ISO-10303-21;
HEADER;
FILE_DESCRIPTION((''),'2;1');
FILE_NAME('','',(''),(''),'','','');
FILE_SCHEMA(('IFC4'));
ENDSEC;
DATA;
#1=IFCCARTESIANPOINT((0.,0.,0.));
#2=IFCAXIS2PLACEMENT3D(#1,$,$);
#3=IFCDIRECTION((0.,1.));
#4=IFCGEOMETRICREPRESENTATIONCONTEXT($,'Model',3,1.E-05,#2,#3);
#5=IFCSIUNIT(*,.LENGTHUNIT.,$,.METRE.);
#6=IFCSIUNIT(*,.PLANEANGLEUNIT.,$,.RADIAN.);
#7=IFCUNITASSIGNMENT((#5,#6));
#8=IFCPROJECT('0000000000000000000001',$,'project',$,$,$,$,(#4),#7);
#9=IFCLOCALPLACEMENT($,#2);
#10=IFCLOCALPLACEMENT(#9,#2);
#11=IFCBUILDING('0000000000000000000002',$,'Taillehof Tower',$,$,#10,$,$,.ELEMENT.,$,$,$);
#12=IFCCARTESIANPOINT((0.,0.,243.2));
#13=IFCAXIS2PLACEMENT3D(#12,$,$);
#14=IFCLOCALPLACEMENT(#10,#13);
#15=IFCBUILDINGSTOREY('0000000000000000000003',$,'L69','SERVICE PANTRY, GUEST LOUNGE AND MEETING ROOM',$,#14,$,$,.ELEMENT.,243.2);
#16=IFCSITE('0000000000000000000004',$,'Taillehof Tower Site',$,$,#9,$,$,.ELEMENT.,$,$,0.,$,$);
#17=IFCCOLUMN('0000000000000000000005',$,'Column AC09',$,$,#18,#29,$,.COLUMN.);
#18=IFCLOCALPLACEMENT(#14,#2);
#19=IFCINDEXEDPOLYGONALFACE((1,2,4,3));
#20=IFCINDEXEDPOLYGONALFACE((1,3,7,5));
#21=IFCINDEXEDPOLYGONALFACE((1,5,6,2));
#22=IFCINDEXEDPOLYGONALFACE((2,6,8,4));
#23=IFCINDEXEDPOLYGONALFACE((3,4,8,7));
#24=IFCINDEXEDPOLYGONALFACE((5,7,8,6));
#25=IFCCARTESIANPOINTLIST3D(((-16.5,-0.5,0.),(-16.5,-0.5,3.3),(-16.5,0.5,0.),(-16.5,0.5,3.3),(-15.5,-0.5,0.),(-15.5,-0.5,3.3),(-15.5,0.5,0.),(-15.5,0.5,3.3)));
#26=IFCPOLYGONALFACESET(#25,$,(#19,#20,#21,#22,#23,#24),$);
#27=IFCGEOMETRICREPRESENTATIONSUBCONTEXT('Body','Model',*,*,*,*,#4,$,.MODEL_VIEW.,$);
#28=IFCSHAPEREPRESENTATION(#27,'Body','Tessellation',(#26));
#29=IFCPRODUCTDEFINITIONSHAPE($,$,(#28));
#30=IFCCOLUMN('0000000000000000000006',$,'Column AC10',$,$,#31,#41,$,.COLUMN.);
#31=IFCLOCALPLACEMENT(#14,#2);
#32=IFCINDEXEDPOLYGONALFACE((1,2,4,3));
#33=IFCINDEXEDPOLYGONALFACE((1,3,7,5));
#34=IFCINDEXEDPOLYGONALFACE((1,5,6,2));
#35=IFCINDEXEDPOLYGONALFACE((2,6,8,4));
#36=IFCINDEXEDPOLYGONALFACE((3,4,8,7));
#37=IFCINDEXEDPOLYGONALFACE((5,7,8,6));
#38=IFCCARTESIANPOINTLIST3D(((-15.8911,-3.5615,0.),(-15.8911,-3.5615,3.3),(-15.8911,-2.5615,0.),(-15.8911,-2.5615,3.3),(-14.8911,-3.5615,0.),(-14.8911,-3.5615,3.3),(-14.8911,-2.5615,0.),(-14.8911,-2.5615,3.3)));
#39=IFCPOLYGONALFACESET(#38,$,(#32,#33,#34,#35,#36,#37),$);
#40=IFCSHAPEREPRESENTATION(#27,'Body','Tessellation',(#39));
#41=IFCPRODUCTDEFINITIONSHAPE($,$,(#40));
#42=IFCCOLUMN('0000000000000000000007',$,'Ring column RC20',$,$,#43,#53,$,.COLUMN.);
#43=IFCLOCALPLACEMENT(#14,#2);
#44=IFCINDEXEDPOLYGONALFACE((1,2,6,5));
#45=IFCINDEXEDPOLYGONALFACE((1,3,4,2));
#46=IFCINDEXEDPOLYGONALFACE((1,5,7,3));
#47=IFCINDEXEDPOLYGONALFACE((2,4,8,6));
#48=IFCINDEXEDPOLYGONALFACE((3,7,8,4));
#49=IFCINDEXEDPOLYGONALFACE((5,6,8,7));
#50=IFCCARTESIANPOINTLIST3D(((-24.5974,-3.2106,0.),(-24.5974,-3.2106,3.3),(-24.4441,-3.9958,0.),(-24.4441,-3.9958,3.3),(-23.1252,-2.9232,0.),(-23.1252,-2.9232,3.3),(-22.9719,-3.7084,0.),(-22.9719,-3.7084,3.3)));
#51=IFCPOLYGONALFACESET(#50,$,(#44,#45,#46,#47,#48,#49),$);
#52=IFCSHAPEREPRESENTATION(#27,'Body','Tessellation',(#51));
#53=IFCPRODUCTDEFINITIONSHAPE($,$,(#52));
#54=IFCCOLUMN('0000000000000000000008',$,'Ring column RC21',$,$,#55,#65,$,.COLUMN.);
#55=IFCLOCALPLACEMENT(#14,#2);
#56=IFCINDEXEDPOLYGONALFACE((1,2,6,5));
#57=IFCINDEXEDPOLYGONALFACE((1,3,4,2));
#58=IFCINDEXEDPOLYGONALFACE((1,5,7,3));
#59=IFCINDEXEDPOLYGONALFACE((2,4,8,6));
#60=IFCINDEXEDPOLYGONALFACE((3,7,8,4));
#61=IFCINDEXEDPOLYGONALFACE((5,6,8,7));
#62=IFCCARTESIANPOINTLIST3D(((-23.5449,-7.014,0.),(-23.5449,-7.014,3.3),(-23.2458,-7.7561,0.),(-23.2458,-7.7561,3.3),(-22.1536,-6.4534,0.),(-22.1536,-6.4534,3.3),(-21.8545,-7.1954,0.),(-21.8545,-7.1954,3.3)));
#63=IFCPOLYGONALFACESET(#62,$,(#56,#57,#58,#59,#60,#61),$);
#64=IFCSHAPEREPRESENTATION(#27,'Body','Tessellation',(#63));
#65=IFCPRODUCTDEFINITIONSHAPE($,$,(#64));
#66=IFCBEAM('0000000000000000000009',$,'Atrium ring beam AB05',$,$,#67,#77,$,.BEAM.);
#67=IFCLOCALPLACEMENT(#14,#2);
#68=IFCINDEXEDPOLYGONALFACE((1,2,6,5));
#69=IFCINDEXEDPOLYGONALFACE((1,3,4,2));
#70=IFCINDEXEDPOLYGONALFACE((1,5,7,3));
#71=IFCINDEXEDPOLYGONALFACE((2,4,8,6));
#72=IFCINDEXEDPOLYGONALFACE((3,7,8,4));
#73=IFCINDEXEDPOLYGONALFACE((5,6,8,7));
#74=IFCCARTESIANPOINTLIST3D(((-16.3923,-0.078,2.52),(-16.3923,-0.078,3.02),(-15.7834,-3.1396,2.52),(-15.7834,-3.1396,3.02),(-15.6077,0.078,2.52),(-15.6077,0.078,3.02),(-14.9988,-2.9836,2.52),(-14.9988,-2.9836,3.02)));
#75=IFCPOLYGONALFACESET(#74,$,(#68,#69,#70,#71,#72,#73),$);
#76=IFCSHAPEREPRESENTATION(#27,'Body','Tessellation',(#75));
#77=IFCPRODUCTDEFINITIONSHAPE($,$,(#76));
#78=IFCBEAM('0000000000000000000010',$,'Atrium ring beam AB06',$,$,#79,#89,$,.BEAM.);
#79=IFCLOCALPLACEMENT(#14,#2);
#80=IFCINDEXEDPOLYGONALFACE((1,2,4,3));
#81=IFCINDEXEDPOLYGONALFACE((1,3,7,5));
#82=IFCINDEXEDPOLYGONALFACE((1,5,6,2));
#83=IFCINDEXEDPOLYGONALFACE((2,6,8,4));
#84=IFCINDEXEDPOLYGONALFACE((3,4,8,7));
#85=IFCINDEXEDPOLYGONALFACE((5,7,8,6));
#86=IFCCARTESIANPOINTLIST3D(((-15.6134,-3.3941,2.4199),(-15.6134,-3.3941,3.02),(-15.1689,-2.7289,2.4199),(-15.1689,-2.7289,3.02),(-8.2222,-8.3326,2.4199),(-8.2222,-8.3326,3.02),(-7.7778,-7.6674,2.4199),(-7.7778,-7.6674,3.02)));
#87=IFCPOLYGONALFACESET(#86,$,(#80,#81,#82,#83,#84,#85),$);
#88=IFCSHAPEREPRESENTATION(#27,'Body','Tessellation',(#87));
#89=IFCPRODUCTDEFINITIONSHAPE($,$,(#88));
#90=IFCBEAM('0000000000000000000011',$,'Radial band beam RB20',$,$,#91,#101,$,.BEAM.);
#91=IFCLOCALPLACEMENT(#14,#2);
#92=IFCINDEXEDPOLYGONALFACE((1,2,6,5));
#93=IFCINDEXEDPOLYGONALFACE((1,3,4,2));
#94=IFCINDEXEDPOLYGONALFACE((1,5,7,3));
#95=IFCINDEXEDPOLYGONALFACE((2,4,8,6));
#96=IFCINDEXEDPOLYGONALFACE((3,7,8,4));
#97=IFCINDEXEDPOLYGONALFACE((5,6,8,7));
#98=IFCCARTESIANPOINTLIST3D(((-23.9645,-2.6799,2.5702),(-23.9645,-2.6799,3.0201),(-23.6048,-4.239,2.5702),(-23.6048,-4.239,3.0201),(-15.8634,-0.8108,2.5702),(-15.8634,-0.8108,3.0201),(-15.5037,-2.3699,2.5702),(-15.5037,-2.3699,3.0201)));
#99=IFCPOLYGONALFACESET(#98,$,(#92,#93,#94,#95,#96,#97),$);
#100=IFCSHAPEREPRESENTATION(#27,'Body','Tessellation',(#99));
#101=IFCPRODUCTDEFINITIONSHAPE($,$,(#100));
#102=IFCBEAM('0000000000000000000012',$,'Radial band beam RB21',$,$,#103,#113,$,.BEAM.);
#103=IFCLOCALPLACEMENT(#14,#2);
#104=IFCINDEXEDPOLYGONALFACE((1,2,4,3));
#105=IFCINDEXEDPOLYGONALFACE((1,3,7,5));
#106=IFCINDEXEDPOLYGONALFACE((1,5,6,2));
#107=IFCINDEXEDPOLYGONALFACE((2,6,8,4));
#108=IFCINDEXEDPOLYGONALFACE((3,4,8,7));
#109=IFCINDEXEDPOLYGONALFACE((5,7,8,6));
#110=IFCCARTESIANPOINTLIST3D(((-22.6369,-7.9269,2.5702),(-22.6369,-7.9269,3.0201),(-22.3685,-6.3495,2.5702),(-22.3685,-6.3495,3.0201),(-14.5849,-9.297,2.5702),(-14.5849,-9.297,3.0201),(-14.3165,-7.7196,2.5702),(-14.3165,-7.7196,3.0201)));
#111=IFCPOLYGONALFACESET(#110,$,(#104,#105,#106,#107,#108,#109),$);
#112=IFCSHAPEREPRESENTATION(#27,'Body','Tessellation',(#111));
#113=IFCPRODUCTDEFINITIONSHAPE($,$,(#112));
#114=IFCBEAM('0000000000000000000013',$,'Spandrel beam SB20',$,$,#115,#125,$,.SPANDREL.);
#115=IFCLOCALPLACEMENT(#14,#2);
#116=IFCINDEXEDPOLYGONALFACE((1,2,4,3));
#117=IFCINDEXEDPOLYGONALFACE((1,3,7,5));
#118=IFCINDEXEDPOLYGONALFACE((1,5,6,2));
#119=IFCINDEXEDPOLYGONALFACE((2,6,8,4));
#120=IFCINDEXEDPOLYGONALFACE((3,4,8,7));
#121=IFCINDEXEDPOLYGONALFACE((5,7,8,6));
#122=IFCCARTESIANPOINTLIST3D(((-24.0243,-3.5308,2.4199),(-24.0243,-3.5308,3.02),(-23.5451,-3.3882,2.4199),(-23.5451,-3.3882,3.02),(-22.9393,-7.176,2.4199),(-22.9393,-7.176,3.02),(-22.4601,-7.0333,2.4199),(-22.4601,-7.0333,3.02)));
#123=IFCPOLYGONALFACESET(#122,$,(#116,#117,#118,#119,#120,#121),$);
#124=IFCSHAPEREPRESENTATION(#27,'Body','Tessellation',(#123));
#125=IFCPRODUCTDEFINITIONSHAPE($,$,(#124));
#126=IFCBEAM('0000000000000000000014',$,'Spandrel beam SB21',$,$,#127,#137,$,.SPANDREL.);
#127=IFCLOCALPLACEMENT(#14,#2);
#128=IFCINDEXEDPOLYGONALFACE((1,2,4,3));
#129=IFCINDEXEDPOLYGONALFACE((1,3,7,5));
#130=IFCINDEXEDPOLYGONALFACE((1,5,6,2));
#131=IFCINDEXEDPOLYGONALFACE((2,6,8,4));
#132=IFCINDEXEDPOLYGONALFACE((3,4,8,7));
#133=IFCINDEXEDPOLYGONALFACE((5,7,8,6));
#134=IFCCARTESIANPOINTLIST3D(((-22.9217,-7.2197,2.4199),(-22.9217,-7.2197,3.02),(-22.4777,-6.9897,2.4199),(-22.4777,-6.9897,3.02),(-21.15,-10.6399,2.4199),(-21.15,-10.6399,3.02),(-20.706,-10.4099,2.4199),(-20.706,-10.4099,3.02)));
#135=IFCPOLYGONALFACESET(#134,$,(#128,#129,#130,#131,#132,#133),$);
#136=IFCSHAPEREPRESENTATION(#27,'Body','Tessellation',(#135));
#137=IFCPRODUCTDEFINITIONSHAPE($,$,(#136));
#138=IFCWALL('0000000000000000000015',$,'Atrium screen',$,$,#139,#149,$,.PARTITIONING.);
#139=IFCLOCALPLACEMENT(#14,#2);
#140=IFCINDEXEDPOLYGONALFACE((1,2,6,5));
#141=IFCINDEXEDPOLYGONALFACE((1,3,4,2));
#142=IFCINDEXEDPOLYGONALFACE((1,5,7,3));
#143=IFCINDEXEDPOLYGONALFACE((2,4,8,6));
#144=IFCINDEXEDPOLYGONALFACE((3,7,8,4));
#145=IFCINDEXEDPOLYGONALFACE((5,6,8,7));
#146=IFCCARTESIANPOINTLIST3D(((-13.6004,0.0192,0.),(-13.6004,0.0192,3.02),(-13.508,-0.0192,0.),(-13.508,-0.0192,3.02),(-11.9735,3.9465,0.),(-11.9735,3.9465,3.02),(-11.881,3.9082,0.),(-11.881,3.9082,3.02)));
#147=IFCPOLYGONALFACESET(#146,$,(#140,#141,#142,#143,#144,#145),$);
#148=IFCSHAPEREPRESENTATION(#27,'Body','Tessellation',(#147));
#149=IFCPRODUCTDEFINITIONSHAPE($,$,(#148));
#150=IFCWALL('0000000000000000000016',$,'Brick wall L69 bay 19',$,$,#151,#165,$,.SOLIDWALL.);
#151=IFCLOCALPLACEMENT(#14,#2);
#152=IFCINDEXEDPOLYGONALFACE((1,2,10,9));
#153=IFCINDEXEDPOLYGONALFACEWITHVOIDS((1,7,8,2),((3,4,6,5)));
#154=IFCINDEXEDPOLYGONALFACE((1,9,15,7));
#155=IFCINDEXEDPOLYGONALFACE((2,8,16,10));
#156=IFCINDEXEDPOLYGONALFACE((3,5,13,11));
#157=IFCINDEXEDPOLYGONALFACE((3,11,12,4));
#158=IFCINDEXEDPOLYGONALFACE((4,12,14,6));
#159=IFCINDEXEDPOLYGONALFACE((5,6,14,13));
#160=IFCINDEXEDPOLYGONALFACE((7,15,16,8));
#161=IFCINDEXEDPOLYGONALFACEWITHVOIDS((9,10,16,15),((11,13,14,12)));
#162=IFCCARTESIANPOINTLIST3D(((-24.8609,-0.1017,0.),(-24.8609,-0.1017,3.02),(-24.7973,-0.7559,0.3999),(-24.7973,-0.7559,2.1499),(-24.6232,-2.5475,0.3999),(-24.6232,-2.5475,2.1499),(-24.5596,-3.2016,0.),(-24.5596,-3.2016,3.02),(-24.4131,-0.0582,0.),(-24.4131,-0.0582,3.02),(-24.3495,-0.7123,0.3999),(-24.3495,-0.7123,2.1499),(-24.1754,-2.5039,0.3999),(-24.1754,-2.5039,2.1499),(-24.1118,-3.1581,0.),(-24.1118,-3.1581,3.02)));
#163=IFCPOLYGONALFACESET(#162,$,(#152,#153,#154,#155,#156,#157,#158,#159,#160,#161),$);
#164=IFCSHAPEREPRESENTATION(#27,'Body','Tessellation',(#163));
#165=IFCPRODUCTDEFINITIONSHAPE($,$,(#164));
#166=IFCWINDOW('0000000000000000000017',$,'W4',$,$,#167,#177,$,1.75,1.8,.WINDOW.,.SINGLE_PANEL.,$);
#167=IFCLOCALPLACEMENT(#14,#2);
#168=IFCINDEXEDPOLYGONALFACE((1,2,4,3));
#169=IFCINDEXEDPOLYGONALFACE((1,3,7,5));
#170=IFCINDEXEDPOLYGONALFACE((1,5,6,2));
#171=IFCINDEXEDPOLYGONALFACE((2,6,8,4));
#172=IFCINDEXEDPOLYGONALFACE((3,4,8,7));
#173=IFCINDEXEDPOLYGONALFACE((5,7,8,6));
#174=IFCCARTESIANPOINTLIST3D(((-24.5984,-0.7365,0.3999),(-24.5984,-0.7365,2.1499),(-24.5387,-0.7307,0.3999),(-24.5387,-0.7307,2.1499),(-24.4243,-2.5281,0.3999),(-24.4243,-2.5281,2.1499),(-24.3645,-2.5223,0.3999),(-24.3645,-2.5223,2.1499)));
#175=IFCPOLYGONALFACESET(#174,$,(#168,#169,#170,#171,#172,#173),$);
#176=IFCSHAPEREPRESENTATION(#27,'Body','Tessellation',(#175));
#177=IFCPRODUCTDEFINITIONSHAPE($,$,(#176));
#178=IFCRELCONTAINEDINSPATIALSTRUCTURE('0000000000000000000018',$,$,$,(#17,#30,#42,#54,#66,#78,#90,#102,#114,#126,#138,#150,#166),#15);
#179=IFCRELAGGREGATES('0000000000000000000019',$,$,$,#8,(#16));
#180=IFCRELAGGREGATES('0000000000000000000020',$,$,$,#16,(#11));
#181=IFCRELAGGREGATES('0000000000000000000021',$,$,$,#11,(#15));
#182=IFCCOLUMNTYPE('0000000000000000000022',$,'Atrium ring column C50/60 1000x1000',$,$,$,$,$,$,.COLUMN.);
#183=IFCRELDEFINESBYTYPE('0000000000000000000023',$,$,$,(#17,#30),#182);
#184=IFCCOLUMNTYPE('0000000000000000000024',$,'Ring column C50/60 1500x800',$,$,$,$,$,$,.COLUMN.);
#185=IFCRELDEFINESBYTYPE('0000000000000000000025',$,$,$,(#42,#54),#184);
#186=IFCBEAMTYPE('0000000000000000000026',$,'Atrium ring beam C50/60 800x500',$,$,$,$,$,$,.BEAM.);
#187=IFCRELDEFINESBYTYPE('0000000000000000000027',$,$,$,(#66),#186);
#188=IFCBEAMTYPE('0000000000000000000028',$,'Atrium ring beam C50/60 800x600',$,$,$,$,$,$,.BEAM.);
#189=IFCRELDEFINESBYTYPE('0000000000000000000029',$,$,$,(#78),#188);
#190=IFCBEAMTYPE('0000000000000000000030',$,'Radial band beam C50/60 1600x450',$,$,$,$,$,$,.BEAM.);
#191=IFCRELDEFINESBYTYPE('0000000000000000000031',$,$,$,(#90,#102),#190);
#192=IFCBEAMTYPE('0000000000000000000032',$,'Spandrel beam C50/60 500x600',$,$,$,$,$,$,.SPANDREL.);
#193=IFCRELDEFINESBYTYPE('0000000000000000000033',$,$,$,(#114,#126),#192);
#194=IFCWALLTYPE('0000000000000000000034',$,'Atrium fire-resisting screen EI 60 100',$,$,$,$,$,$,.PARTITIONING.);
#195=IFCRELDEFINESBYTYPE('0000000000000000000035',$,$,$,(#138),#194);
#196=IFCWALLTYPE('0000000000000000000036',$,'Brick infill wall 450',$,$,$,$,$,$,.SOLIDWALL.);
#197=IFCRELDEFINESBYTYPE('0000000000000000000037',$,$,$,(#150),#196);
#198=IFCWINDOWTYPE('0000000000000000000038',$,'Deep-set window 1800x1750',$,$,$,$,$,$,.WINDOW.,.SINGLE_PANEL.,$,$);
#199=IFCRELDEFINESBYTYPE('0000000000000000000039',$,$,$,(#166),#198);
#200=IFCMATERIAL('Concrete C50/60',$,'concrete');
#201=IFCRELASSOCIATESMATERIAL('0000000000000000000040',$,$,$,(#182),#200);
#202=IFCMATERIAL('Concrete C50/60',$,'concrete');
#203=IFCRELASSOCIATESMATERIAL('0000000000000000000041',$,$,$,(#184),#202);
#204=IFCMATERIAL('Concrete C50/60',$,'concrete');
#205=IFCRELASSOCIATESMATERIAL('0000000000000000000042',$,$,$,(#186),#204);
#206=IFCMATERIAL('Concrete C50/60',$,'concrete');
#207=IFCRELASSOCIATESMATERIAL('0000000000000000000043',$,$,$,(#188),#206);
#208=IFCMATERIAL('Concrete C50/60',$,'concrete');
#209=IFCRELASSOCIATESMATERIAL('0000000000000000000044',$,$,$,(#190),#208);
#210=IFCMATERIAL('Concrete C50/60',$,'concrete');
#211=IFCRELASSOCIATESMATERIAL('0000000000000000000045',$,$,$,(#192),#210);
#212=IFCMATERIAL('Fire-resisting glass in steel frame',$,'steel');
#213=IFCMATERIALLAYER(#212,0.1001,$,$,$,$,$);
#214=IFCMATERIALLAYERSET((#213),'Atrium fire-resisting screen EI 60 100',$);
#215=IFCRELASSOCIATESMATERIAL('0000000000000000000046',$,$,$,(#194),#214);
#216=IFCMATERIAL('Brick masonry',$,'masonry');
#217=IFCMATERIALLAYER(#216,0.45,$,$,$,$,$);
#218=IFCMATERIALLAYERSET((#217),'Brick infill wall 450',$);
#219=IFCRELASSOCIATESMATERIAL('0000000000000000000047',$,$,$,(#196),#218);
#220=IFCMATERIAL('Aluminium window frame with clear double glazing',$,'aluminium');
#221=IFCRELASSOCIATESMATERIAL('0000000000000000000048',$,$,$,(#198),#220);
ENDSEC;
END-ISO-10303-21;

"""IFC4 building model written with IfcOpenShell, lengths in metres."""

from ifc_helpers import new_model, si_unit, direction, frame, frame_2d, origin, origin_2d, place, context, subcontext, project, spatial, rectangle, extrude, material, layer, layer_set, material_profile, profile_set, type_object, element, fill, save


model = new_model("IFC4")

# Units and contexts
model_context = context("Model", 3, precision=1e-05, world=origin(), true_north=direction((0.0, 1.0)))
body_context = subcontext(model_context, "Body", "Model", "MODEL_VIEW")
ifc_project = project(units=[si_unit("LENGTHUNIT", "METRE"), si_unit("PLANEANGLEUNIT", "RADIAN")], contexts=[model_context])

# Site, building, storey
site_placement = place(None, origin())
site = spatial("IfcSite", under=ifc_project, at=site_placement, Name="Taillehof Tower Site", CompositionType="ELEMENT", RefElevation=0.0)
building_placement = place(site_placement, origin())
building = spatial("IfcBuilding", under=site, at=building_placement, Name="Taillehof Tower", CompositionType="ELEMENT")
storey_placement = place(building_placement, frame((0.0, 0.0, 243.2)))
storey = spatial("IfcBuildingStorey", under=building, at=storey_placement, Name="L69", Description="SERVICE PANTRY, GUEST LOUNGE AND MEETING ROOM", CompositionType="ELEMENT", Elevation=243.2)

# Columns
ifc_material_1 = material(Name="Concrete C50/60", Category="concrete")
ifc_material_profile_1 = material_profile(ifc_material_1, rectangle(XDim=1.0, YDim=1.0, at=origin_2d()), Name="RC 1000x1000")
ifc_profile_set_1 = profile_set([ifc_material_profile_1], Name="Concrete C50/60")
column_type_1 = type_object("IfcColumnType", Name="Atrium ring column C50/60 1000x1000", PredefinedType="COLUMN", material=ifc_profile_set_1)
for number, where, z_axis, x_axis, name in (
    (1, (-16.0, 0.0, 0.0), (0.0, 0.0, 1.0), (1.0, 0.0, 0.0), "Column AC09"),
    (2, (-15.3911, -3.0615, 0.0), (0.0, 0.0, 1.0), (1.0, 0.0, 0.0), "Column AC10"),
):
    element("IfcColumn", number, at=place(storey_placement, frame(where, z_axis=z_axis, x_axis=x_axis)), inside=storey, type_object=column_type_1, Name=name, PredefinedType="COLUMN", context=body_context, shape_type="SweptSolid", body=[
        extrude(rectangle(XDim=1.0, YDim=1.0, at=origin_2d()), origin(), (0.0, 0.0, 1.0), 3.3),
    ])
ifc_material_2 = material(Name="Concrete C50/60", Category="concrete")
ifc_material_profile_2 = material_profile(ifc_material_2, rectangle(XDim=1.5, YDim=0.8, at=origin_2d()), Name="RC 1500x800")
ifc_profile_set_2 = profile_set([ifc_material_profile_2], Name="Concrete C50/60")
column_type_2 = type_object("IfcColumnType", Name="Ring column C50/60 1500x800", PredefinedType="COLUMN", material=ifc_profile_set_2)
for number, where, z_axis, x_axis, name in (
    (3, (-23.7847, -3.4595, 0.0), (0.0, 0.0, 1.0), (-0.981473, -0.191602, 0.0), "Ring column RC20"),
    (4, (-22.6997, -7.1047, 0.0), (0.0, 0.0, 1.0), (-0.927525, -0.373762, 0.0), "Ring column RC21"),
):
    element("IfcColumn", number, at=place(storey_placement, frame(where, z_axis=z_axis, x_axis=x_axis)), inside=storey, type_object=column_type_2, Name=name, PredefinedType="COLUMN", context=body_context, shape_type="SweptSolid", body=[
        extrude(rectangle(XDim=1.5, YDim=0.8, at=origin_2d()), origin(), (0.0, 0.0, 1.0), 3.3),
    ])

# Beams
ifc_material_3 = material(Name="Concrete C50/60", Category="concrete")
ifc_material_profile_3 = material_profile(ifc_material_3, rectangle(XDim=0.8, YDim=0.5, at=origin_2d()), Name="RC 800x500")
ifc_profile_set_3 = profile_set([ifc_material_profile_3], Name="Concrete C50/60")
beam_type_1 = type_object("IfcBeamType", Name="Atrium ring beam C50/60 800x500", PredefinedType="BEAM", material=ifc_profile_set_3)
beam_1_placement = place(storey_placement, frame((-16.0, 0.0, 2.77), z_axis=(0.195063, -0.980791, 0.0), x_axis=(0.980791, 0.195063, 0.0)))
element("IfcBeam", 5, at=beam_1_placement, inside=storey, type_object=beam_type_1, Name="Atrium ring beam AB05", PredefinedType="BEAM", context=body_context, shape_type="SweptSolid", body=[
    extrude(rectangle(XDim=0.8, YDim=0.5, at=origin_2d()), origin(), (0.0, 0.0, 1.0), 3.1216),
])
ifc_material_4 = material(Name="Concrete C50/60", Category="concrete")
ifc_material_profile_4 = material_profile(ifc_material_4, rectangle(XDim=0.8, YDim=0.6001, at=origin_2d()), Name="RC 800x600")
ifc_profile_set_4 = profile_set([ifc_material_profile_4], Name="Concrete C50/60")
beam_type_2 = type_object("IfcBeamType", Name="Atrium ring beam C50/60 800x600", PredefinedType="BEAM", material=ifc_profile_set_4)
beam_2_placement = place(storey_placement, frame((-15.3911, -3.0615, 2.72), z_axis=(0.831475, -0.555562, 0.0), x_axis=(0.555562, 0.831475, 0.0)))
element("IfcBeam", 6, at=beam_2_placement, inside=storey, type_object=beam_type_2, Name="Atrium ring beam AB06", PredefinedType="BEAM", context=body_context, shape_type="SweptSolid", body=[
    extrude(rectangle(XDim=0.8, YDim=0.6001, at=origin_2d()), origin(), (0.0, 0.0, 1.0), 8.8892),
])
ifc_material_5 = material(Name="Concrete C50/60", Category="concrete")
ifc_material_profile_5 = material_profile(ifc_material_5, rectangle(XDim=1.6001, YDim=0.45, at=origin_2d()), Name="RC 1600x450")
ifc_profile_set_5 = profile_set([ifc_material_profile_5], Name="Concrete C50/60")
beam_type_3 = type_object("IfcBeamType", Name="Radial band beam C50/60 1600x450", PredefinedType="BEAM", material=ifc_profile_set_5)
beam_3_placement = place(storey_placement, frame((-23.7847, -3.4595, 2.7952), z_axis=(0.9744, 0.224821, 0.0), x_axis=(-0.224821, 0.9744, 0.0)))
element("IfcBeam", 7, at=beam_3_placement, inside=storey, type_object=beam_type_3, Name="Radial band beam RB20", PredefinedType="BEAM", context=body_context, shape_type="SweptSolid", body=[
    extrude(rectangle(XDim=1.6001, YDim=0.45, at=origin_2d()), origin(), (0.0, 0.0, 1.0), 8.314),
])
beam_4_placement = place(storey_placement, frame((-22.5027, -7.1382, 2.7952), z_axis=(0.98583, -0.167747, 0.0), x_axis=(0.167747, 0.98583, 0.0)))
element("IfcBeam", 8, at=beam_4_placement, inside=storey, type_object=beam_type_3, Name="Radial band beam RB21", PredefinedType="BEAM", context=body_context, shape_type="SweptSolid", body=[
    extrude(rectangle(XDim=1.6001, YDim=0.45, at=origin_2d()), origin(), (0.0, 0.0, 1.0), 8.1677),
])
ifc_material_6 = material(Name="Concrete C50/60", Category="concrete")
ifc_material_profile_6 = material_profile(ifc_material_6, rectangle(XDim=0.5, YDim=0.6001, at=origin_2d()), Name="RC 500x600")
ifc_profile_set_6 = profile_set([ifc_material_profile_6], Name="Concrete C50/60")
beam_type_4 = type_object("IfcBeamType", Name="Spandrel beam C50/60 500x600", PredefinedType="SPANDREL", material=ifc_profile_set_6)
beam_5_placement = place(storey_placement, frame((-23.7847, -3.4595, 2.72), z_axis=(0.285268, -0.958448, 0.0), x_axis=(0.958448, 0.285268, 0.0)))
element("IfcBeam", 9, at=beam_5_placement, inside=storey, type_object=beam_type_4, Name="Spandrel beam SB20", PredefinedType="SPANDREL", context=body_context, shape_type="SweptSolid", body=[
    extrude(rectangle(XDim=0.5, YDim=0.6001, at=origin_2d()), origin(), (0.0, 0.0, 1.0), 3.8032),
])
beam_6_placement = place(storey_placement, frame((-22.6997, -7.1047, 2.72), z_axis=(0.459971, -0.887934, 0.0), x_axis=(0.887934, 0.459971, 0.0)))
element("IfcBeam", 10, at=beam_6_placement, inside=storey, type_object=beam_type_4, Name="Spandrel beam SB21", PredefinedType="SPANDREL", context=body_context, shape_type="SweptSolid", body=[
    extrude(rectangle(XDim=0.5, YDim=0.6001, at=origin_2d()), origin(), (0.0, 0.0, 1.0), 3.8518),
])

# Wall
ifc_material_7 = material(Name="Fire-resisting glass in steel frame", Category="steel")
ifc_layer_1 = layer(ifc_material_7, 0.1001)
ifc_layer_set_1 = layer_set([ifc_layer_1], Name="Atrium fire-resisting screen EI 60 100")
wall_type_1 = type_object("IfcWallType", Name="Atrium fire-resisting screen EI 60 100", PredefinedType="PARTITIONING", material=ifc_layer_set_1)
wall_1_placement = place(storey_placement, frame((-13.5542, 0.0, 0.0), z_axis=(0.0, 0.0, 1.0), x_axis=(0.382731, 0.92386, 0.0)))
element("IfcWall", 11, at=wall_1_placement, inside=storey, type_object=wall_type_1, Name="Atrium screen", PredefinedType="PARTITIONING", context=body_context, shape_type="SweptSolid", body=[
    extrude(rectangle(XDim=4.251, YDim=0.1001, at=frame_2d((2.1255, 0.0))), origin(), (0.0, 0.0, 1.0), 3.02),
])

# Wall, opening, window
ifc_material_8 = material(Name="Brick masonry", Category="masonry")
ifc_layer_2 = layer(ifc_material_8, 0.45)
ifc_layer_set_2 = layer_set([ifc_layer_2], Name="Brick infill wall 450")
wall_type_2 = type_object("IfcWallType", Name="Brick infill wall 450", PredefinedType="SOLIDWALL", material=ifc_layer_set_2)
wall_2_placement = place(storey_placement, frame((-24.637, -0.0801, 0.0), z_axis=(0.0, 0.0, 1.0), x_axis=(0.096733, -0.99531, 0.0)))
wall_2 = element("IfcWall", 12, at=wall_2_placement, inside=storey, type_object=wall_type_2, Name="Brick wall L69 bay 19", PredefinedType="SOLIDWALL", context=body_context, shape_type="SweptSolid", body=[
    extrude(rectangle(XDim=3.1145, YDim=0.45, at=frame_2d((1.5571, 0.0))), origin(), (0.0, 0.0, 1.0), 3.02),
])
opening_1_placement = place(wall_2_placement, frame((0.6572, 0.0, 0.3999)))
opening_1 = element("IfcOpeningElement", 13, at=opening_1_placement, cuts=wall_2, PredefinedType="OPENING", context=body_context, shape_type="SweptSolid", body=[
    extrude(rectangle(XDim=1.8, YDim=1.75, at=frame_2d((0.8999, 0.875))), frame((0.0, 0.2349, 0.0), z_axis=(0.0, -1.0, 0.0), x_axis=(1.0, 0.0, 0.0)), (0.0, 0.0, 1.0), 0.47),
])
ifc_material_9 = material(Name="Aluminium window frame with clear double glazing", Category="aluminium")
window_type = type_object("IfcWindowType", Name="Deep-set window 1800x1750", PartitioningType="SINGLE_PANEL", PredefinedType="WINDOW", material=ifc_material_9)
window_1_placement = place(opening_1_placement, origin())
window_1 = element("IfcWindow", 14, at=window_1_placement, inside=storey, type_object=window_type, Name="W4", OverallHeight=1.75, OverallWidth=1.8, PartitioningType="SINGLE_PANEL", PredefinedType="WINDOW", context=body_context, shape_type="SweptSolid", body=[
    extrude(rectangle(XDim=1.8, YDim=1.75, at=frame_2d((0.8999, 0.875))), frame((0.0, 0.0349, 0.0), z_axis=(0.0, -1.0, 0.0), x_axis=(1.0, 0.0, 0.0)), (0.0, 0.0, 1.0), 0.0601),
])
fill(opening_1, window_1)

save(model, "model.ifc")
